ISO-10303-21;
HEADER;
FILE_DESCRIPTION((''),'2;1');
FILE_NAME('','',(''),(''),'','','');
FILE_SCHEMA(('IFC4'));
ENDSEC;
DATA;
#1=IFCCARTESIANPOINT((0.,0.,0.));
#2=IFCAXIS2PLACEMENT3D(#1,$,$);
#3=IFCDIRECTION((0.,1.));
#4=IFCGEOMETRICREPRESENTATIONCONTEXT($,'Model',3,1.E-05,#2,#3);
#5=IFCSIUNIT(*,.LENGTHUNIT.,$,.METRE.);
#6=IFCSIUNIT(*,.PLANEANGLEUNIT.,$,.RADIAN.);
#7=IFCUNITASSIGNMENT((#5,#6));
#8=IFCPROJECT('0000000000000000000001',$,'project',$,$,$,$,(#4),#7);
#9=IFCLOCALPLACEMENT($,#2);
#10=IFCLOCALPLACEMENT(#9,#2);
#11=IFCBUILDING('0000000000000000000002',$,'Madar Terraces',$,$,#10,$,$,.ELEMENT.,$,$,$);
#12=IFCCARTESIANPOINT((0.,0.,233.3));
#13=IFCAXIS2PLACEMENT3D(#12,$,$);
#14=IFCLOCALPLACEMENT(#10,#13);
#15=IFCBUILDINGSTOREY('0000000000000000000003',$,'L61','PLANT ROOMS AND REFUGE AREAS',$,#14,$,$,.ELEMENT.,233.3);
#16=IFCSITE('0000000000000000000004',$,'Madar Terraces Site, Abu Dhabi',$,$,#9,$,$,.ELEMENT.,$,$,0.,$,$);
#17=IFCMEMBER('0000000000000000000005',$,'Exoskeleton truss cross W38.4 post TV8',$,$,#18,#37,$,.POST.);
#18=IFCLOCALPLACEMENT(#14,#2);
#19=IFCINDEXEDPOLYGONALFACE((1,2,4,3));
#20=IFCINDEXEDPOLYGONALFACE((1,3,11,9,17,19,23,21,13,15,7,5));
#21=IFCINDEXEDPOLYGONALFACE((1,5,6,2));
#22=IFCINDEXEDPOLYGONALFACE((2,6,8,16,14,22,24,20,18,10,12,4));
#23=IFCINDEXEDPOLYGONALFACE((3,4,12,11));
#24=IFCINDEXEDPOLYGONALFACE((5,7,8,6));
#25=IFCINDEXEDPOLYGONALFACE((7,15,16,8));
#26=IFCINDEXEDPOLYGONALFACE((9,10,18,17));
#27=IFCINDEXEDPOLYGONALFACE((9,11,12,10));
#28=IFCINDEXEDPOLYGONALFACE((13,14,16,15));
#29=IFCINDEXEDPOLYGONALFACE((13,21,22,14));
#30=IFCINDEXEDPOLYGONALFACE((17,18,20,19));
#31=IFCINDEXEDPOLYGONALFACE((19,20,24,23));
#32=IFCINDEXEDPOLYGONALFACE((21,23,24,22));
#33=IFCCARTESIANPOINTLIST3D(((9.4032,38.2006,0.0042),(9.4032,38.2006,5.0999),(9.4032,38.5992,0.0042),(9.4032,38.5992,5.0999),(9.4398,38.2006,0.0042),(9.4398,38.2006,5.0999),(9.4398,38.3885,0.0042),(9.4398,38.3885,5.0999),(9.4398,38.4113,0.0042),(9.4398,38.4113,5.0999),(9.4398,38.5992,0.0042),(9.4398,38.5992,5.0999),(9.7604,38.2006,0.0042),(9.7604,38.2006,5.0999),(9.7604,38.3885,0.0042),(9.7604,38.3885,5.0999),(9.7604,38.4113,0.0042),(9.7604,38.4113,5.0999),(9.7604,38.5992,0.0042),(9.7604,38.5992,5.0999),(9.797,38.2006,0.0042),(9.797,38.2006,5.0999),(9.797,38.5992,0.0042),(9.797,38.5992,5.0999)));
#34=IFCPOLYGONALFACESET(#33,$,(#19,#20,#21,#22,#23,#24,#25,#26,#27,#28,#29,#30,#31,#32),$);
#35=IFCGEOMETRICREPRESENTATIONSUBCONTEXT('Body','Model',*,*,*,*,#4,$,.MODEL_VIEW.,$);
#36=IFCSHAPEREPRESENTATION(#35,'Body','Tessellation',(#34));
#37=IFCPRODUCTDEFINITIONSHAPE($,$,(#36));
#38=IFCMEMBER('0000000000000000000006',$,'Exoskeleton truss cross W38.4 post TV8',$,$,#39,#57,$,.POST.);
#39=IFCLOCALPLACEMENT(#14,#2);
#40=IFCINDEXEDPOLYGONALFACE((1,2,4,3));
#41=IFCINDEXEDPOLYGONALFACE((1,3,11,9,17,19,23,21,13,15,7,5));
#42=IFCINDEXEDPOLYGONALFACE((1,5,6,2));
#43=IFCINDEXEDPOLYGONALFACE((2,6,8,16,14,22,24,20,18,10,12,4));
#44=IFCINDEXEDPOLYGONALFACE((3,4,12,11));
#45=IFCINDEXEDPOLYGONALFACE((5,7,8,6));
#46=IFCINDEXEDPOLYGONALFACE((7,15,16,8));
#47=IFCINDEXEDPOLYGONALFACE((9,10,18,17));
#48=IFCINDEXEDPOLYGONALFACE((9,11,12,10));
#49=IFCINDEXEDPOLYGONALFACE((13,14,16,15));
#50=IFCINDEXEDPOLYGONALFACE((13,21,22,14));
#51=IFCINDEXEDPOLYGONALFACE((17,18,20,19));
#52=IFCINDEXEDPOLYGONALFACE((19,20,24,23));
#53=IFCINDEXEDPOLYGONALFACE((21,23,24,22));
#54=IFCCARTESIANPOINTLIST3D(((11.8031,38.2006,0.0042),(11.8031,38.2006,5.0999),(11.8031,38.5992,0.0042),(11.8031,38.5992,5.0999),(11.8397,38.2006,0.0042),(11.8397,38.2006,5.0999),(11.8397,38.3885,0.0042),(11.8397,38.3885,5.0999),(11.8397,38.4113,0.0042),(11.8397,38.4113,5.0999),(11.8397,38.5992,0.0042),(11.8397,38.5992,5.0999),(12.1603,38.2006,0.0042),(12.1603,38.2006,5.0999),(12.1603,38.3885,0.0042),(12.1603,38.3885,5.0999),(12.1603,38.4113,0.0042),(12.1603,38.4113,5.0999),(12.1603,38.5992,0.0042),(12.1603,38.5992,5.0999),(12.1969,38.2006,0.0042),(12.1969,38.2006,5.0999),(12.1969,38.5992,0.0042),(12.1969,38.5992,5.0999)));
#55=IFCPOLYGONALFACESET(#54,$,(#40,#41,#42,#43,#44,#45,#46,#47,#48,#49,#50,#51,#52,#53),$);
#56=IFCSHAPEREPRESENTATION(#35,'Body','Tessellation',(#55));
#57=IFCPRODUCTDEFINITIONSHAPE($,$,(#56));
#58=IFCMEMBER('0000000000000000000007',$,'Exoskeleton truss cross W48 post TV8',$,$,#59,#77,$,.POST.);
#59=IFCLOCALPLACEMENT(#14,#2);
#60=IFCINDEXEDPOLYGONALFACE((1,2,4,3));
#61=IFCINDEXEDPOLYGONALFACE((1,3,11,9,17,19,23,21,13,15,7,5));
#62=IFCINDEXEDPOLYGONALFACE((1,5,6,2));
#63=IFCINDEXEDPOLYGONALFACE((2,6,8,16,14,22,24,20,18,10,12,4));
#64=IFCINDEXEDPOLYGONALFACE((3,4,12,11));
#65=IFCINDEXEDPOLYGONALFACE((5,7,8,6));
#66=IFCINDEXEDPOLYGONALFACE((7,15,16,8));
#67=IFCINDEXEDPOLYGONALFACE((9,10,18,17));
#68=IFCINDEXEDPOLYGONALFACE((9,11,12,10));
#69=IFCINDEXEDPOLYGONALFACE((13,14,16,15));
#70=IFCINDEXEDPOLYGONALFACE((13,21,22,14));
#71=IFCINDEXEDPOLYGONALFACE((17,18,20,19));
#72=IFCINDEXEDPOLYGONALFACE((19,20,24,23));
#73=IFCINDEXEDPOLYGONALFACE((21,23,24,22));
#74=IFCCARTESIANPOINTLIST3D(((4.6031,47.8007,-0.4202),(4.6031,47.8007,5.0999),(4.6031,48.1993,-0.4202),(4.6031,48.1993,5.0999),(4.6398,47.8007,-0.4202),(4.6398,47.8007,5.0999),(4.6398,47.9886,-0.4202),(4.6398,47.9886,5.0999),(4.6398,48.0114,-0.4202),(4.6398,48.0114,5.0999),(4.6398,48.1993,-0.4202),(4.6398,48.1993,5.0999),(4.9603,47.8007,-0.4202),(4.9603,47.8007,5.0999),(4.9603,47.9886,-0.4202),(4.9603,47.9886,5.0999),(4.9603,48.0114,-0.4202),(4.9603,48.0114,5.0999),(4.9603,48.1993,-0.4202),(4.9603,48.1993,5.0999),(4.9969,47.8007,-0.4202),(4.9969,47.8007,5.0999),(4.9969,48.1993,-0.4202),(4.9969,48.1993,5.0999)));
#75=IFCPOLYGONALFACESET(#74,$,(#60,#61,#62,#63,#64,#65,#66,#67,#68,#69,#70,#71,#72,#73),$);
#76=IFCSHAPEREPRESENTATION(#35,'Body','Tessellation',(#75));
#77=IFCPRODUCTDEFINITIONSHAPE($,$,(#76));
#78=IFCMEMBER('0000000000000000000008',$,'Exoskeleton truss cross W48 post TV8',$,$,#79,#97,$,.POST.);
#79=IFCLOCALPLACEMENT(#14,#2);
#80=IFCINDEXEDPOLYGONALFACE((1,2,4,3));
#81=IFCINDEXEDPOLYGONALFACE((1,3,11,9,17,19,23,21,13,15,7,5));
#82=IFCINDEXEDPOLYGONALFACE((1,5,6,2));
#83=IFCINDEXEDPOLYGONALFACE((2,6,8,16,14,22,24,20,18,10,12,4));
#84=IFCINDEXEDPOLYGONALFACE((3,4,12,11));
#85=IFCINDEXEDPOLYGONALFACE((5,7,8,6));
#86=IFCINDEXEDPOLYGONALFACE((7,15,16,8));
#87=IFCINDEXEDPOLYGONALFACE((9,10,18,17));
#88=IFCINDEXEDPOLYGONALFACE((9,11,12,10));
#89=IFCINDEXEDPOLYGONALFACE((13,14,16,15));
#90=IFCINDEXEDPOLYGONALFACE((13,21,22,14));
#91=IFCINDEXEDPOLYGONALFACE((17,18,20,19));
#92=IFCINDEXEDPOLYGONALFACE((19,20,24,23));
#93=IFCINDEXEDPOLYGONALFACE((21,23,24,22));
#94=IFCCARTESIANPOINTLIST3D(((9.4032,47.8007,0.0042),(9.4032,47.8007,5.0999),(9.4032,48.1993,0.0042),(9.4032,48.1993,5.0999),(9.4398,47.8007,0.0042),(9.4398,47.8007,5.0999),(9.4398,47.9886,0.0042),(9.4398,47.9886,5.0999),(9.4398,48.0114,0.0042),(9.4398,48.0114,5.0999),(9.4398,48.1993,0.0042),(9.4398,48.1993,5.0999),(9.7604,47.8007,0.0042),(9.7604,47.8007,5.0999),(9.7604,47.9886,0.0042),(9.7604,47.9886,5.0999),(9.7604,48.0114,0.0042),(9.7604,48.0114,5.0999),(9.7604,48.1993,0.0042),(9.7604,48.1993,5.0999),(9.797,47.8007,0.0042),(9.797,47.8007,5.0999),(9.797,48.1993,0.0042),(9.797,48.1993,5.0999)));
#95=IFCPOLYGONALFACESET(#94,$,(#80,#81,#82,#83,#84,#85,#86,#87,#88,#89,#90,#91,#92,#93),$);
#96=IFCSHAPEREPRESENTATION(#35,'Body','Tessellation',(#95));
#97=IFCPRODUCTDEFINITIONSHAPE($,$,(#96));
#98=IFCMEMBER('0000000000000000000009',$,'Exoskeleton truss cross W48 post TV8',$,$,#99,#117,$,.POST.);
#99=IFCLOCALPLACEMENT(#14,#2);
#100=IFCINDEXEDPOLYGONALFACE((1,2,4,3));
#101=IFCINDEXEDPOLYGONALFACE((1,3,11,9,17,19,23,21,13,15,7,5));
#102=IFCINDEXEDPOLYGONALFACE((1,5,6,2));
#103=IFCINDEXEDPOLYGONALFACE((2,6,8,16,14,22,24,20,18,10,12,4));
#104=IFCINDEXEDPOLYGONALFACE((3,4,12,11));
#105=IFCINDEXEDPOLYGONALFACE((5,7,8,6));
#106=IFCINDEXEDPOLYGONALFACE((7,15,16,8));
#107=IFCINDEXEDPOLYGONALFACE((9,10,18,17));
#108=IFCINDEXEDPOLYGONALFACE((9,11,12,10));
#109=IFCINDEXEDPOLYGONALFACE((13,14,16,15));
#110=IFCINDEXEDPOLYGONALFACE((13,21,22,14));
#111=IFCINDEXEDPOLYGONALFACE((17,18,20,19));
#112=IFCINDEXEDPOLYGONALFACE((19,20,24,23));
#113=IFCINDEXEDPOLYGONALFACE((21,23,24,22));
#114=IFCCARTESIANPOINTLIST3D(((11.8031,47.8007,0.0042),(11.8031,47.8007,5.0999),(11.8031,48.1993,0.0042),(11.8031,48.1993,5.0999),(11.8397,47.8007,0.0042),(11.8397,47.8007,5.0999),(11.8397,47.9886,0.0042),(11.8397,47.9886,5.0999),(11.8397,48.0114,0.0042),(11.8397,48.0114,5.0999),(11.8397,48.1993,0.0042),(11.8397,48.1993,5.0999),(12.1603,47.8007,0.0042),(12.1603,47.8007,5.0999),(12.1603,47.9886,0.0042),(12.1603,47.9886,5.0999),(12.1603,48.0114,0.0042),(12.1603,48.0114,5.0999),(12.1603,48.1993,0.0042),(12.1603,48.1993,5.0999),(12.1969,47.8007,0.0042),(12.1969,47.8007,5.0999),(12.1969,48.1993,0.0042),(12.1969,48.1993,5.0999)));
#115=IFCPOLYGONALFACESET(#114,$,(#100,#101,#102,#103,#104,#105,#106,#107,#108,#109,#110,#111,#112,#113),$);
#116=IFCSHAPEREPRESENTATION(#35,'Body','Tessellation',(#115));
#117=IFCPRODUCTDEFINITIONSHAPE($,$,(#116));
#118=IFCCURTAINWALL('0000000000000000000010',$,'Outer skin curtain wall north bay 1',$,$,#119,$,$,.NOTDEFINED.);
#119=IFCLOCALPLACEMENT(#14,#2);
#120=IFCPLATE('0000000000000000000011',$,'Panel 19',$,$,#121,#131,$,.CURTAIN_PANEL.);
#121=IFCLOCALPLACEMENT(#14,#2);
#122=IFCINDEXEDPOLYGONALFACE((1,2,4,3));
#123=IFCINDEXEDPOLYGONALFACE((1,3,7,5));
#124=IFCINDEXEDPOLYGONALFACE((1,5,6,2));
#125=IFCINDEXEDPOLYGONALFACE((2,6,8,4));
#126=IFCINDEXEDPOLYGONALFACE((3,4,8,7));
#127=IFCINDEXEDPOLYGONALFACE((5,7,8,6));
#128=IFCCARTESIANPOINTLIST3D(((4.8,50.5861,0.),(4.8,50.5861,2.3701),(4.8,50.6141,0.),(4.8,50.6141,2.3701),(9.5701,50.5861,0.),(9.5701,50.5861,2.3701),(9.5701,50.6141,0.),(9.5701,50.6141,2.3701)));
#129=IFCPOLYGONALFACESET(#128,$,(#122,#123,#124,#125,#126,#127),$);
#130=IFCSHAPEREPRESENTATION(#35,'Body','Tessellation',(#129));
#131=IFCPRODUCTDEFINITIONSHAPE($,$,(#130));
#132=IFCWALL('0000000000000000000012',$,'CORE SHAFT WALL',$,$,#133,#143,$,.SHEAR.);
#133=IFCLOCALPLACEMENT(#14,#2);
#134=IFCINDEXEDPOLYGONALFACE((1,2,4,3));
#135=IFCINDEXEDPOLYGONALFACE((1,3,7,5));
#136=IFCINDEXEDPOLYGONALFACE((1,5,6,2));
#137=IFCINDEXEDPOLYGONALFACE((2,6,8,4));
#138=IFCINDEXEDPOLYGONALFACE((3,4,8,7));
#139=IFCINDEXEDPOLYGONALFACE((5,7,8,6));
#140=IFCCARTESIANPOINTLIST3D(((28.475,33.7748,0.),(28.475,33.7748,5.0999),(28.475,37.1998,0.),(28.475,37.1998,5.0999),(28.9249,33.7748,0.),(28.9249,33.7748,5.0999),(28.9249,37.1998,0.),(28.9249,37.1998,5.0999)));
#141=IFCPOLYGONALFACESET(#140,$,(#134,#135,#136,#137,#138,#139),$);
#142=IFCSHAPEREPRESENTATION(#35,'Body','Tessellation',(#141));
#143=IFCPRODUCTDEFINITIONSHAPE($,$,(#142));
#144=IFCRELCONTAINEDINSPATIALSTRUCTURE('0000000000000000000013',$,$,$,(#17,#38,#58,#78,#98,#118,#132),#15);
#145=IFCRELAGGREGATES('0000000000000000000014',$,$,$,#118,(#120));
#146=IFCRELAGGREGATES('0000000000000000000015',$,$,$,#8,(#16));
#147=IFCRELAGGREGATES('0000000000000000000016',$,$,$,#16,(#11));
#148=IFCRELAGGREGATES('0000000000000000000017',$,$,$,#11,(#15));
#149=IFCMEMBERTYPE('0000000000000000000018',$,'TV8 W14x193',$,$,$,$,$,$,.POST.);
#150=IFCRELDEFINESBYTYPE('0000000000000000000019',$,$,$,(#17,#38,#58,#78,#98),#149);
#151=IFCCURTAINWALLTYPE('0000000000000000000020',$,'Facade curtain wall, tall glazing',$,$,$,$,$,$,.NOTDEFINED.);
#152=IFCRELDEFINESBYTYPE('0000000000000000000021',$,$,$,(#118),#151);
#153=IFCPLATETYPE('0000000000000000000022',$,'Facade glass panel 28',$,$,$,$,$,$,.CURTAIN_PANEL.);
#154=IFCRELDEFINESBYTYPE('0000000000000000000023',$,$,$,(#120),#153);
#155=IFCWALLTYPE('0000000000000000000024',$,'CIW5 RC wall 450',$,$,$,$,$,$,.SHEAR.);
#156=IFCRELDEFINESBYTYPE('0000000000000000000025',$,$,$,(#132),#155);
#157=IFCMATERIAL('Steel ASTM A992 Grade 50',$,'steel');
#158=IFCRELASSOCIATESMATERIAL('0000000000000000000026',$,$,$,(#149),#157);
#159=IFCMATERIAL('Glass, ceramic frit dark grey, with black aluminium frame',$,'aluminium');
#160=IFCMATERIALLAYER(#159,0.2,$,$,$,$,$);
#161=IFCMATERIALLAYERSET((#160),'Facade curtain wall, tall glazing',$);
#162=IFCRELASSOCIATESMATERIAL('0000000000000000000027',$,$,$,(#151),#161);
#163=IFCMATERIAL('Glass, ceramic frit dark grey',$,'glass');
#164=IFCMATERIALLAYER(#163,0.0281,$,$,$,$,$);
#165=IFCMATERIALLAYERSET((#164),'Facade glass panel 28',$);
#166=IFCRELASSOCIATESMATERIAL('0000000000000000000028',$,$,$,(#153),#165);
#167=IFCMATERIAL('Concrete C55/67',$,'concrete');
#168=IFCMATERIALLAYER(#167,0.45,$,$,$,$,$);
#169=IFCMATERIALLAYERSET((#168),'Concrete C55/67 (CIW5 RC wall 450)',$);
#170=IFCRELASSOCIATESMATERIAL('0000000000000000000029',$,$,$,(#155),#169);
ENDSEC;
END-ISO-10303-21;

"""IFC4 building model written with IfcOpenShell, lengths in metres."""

from ifc_helpers import new_model, si_unit, direction, frame, frame_2d, origin, origin_2d, place, context, subcontext, project, spatial, rectangle, i_section, extrude, material, layer, layer_set, material_profile, profile_set, type_object, element, aggregate, save


model = new_model("IFC4")

# Units and contexts
model_context = context("Model", 3, precision=1e-05, world=origin(), true_north=direction((0.0, 1.0)))
body_context = subcontext(model_context, "Body", "Model", "MODEL_VIEW")
ifc_project = project(units=[si_unit("LENGTHUNIT", "METRE"), si_unit("PLANEANGLEUNIT", "RADIAN")], contexts=[model_context])

# Site, building, storey
site_placement = place(None, origin())
site = spatial("IfcSite", under=ifc_project, at=site_placement, Name="Madar Terraces Site, Abu Dhabi", CompositionType="ELEMENT", RefElevation=0.0)
building_placement = place(site_placement, origin())
building = spatial("IfcBuilding", under=site, at=building_placement, Name="Madar Terraces", CompositionType="ELEMENT")
storey_placement = place(building_placement, frame((0.0, 0.0, 233.3)))
storey = spatial("IfcBuildingStorey", under=building, at=storey_placement, Name="L61", Description="PLANT ROOMS AND REFUGE AREAS", CompositionType="ELEMENT", Elevation=233.3)

# Members
ifc_material_1 = material(Name="Steel ASTM A992 Grade 50", Category="steel")
ifc_material_profile_1 = material_profile(ifc_material_1, i_section(OverallWidth=0.3987, OverallDepth=0.3938, WebThickness=0.0227, FlangeThickness=0.0366, at=origin_2d()), Name="W14x193")
ifc_profile_set_1 = profile_set([ifc_material_profile_1], Name="Steel ASTM A992 Grade 50")
member_type_1 = type_object("IfcMemberType", Name="TV8 W14x193", PredefinedType="POST", material=ifc_profile_set_1)
for number, where, z_axis, x_axis, name in (
    (1, (9.6001, 38.3999, 0.0042), (0.0, 0.0, 1.0), (0.0, 1.0, 0.0), "Exoskeleton truss cross W38.4 post TV8"),
    (2, (12.0, 38.3999, 0.0042), (0.0, 0.0, 1.0), (0.0, 1.0, 0.0), "Exoskeleton truss cross W38.4 post TV8"),
):
    element("IfcMember", number, at=place(storey_placement, frame(where, z_axis=z_axis, x_axis=x_axis)), inside=storey, type_object=member_type_1, Name=name, PredefinedType="POST", context=body_context, shape_type="SweptSolid", body=[
        extrude(i_section(OverallWidth=0.3987, OverallDepth=0.3938, WebThickness=0.0227, FlangeThickness=0.0366, at=origin_2d()), origin(), (0.0, 0.0, 1.0), 5.0957),
    ])
member_1_placement = place(storey_placement, frame((4.8, 48.0, -0.4202), z_axis=(0.0, 0.0, 1.0), x_axis=(0.0, 1.0, 0.0)))
element("IfcMember", 3, at=member_1_placement, inside=storey, type_object=member_type_1, Name="Exoskeleton truss cross W48 post TV8", PredefinedType="POST", context=body_context, shape_type="SweptSolid", body=[
    extrude(i_section(OverallWidth=0.3987, OverallDepth=0.3938, WebThickness=0.0227, FlangeThickness=0.0366, at=origin_2d()), origin(), (0.0, 0.0, 1.0), 5.52),
])
for number, where, z_axis, x_axis, name in (
    (4, (9.6001, 48.0, 0.0042), (0.0, 0.0, 1.0), (0.0, 1.0, 0.0), "Exoskeleton truss cross W48 post TV8"),
    (5, (12.0, 48.0, 0.0042), (0.0, 0.0, 1.0), (0.0, 1.0, 0.0), "Exoskeleton truss cross W48 post TV8"),
):
    element("IfcMember", number, at=place(storey_placement, frame(where, z_axis=z_axis, x_axis=x_axis)), inside=storey, type_object=member_type_1, Name=name, PredefinedType="POST", context=body_context, shape_type="SweptSolid", body=[
        extrude(i_section(OverallWidth=0.3987, OverallDepth=0.3938, WebThickness=0.0227, FlangeThickness=0.0366, at=origin_2d()), origin(), (0.0, 0.0, 1.0), 5.0957),
    ])

# Curtain wall, plate
ifc_material_2 = material(Name="Glass, ceramic frit dark grey, with black aluminium frame", Category="aluminium")
ifc_layer_1 = layer(ifc_material_2, 0.2)
ifc_layer_set_1 = layer_set([ifc_layer_1], Name="Facade curtain wall, tall glazing")
curtain_wall_type = type_object("IfcCurtainWallType", Name="Facade curtain wall, tall glazing", PredefinedType="NOTDEFINED", material=ifc_layer_set_1)
curtain_wall_placement = place(storey_placement, origin())
curtain_wall = element("IfcCurtainWall", 6, at=curtain_wall_placement, inside=storey, type_object=curtain_wall_type, Name="Outer skin curtain wall north bay 1", PredefinedType="NOTDEFINED")
ifc_material_3 = material(Name="Glass, ceramic frit dark grey", Category="glass")
ifc_layer_2 = layer(ifc_material_3, 0.0281)
ifc_layer_set_2 = layer_set([ifc_layer_2], Name="Facade glass panel 28")
plate_type = type_object("IfcPlateType", Name="Facade glass panel 28", PredefinedType="CURTAIN_PANEL", material=ifc_layer_set_2)
plate_placement = place(storey_placement, frame((7.1851, 50.6001, 0.0), z_axis=(0.0, 0.0, 1.0), x_axis=(-1.0, 0.0, 0.0)))
plate = element("IfcPlate", 7, at=plate_placement, type_object=plate_type, Name="Panel 19", PredefinedType="CURTAIN_PANEL", context=body_context, shape_type="SweptSolid", body=[
    extrude(rectangle(XDim=4.77, YDim=0.0281, at=origin_2d()), origin(), (0.0, 0.0, 1.0), 2.3701),
])
aggregate(curtain_wall, [plate])

# Wall
ifc_material_4 = material(Name="Concrete C55/67", Category="concrete")
ifc_layer_3 = layer(ifc_material_4, 0.45)
ifc_layer_set_3 = layer_set([ifc_layer_3], Name="Concrete C55/67 (CIW5 RC wall 450)")
wall_type_1 = type_object("IfcWallType", Name="CIW5 RC wall 450", PredefinedType="SHEAR", material=ifc_layer_set_3)
wall_1_placement = place(storey_placement, frame((28.7, 33.7749, 0.0), z_axis=(0.0, 0.0, 1.0), x_axis=(0.0, 1.0, 0.0)))
element("IfcWall", 8, at=wall_1_placement, inside=storey, type_object=wall_type_1, Name="CORE SHAFT WALL", PredefinedType="SHEAR", context=body_context, shape_type="SweptSolid", body=[
    extrude(rectangle(XDim=3.425, YDim=0.45, at=frame_2d((1.7124, 0.0))), origin(), (0.0, 0.0, 1.0), 5.0999),
])

save(model, "model.ifc")
